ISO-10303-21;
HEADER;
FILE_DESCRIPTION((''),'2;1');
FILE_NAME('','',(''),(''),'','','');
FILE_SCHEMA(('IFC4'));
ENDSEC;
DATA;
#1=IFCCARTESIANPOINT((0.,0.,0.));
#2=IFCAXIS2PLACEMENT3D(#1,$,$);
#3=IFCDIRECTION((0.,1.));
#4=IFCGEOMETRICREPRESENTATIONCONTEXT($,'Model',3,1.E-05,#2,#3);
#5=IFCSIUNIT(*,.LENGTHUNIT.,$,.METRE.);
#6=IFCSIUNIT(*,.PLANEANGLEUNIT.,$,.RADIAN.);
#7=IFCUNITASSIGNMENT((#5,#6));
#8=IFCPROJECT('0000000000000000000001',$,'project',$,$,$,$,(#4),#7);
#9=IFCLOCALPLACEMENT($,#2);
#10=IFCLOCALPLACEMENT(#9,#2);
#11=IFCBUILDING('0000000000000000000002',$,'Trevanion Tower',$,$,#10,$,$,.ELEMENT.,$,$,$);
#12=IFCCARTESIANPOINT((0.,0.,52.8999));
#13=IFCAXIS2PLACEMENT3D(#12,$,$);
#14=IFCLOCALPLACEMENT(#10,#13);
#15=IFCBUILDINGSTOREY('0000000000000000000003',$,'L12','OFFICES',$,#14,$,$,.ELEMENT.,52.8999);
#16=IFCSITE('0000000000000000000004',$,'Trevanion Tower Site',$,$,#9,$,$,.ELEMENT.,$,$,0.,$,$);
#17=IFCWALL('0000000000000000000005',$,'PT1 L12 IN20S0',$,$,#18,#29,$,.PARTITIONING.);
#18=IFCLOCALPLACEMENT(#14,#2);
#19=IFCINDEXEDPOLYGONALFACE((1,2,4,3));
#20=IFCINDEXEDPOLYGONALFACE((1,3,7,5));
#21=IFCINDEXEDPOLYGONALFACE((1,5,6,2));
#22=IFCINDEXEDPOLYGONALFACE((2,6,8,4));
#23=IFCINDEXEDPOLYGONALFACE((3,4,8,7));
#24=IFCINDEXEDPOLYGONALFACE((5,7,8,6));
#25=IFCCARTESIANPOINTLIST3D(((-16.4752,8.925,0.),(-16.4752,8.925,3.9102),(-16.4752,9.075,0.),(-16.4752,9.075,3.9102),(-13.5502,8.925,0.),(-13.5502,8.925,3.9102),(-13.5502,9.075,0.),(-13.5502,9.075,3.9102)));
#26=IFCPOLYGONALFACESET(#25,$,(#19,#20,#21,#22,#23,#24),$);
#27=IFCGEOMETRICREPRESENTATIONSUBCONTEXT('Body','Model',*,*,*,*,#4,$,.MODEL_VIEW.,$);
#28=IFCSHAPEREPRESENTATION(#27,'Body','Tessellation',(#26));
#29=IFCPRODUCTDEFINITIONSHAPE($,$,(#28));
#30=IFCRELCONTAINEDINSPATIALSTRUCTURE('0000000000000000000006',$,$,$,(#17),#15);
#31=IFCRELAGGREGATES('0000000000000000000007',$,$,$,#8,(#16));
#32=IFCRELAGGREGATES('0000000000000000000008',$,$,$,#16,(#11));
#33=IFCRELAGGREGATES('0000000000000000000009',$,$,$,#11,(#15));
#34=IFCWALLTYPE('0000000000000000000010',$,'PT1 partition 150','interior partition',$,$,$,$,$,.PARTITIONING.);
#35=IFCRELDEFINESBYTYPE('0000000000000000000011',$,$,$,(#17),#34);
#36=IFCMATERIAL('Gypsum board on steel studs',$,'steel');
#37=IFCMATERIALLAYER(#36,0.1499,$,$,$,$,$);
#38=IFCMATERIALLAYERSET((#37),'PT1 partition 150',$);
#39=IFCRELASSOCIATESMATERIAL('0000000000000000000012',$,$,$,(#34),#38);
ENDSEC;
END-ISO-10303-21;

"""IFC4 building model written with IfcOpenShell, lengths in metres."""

from ifc_helpers import new_model, si_unit, direction, frame, frame_2d, origin, place, context, subcontext, project, spatial, rectangle, extrude, material, layer, layer_set, type_object, element, save


model = new_model("IFC4")

# Units and contexts
model_context = context("Model", 3, precision=1e-05, world=origin(), true_north=direction((0.0, 1.0)))
body_context = subcontext(model_context, "Body", "Model", "MODEL_VIEW")
ifc_project = project(units=[si_unit("LENGTHUNIT", "METRE"), si_unit("PLANEANGLEUNIT", "RADIAN")], contexts=[model_context])

# Site, building, storey
site_placement = place(None, origin())
site = spatial("IfcSite", under=ifc_project, at=site_placement, Name="Trevanion Tower Site", CompositionType="ELEMENT", RefElevation=0.0)
building_placement = place(site_placement, origin())
building = spatial("IfcBuilding", under=site, at=building_placement, Name="Trevanion Tower", CompositionType="ELEMENT")
storey_placement = place(building_placement, frame((0.0, 0.0, 52.8999)))
storey = spatial("IfcBuildingStorey", under=building, at=storey_placement, Name="L12", Description="OFFICES", CompositionType="ELEMENT", Elevation=52.8999)

# Shared definitions
ifc_material_1 = material(Name="Gypsum board on steel studs", Category="steel")
ifc_layer_1 = layer(ifc_material_1, 0.1499)
ifc_layer_set_1 = layer_set([ifc_layer_1], Name="PT1 partition 150")
wall_type = type_object("IfcWallType", Name="PT1 partition 150", Description="interior partition", PredefinedType="PARTITIONING", material=ifc_layer_set_1)

# Wall
wall_1_placement = place(storey_placement, frame((-16.4751, 9.0, 0.0), z_axis=(0.0, 0.0, 1.0), x_axis=(1.0, 0.0, 0.0)))
element("IfcWall", 1, at=wall_1_placement, inside=storey, type_object=wall_type, Name="PT1 L12 IN20S0", PredefinedType="PARTITIONING", context=body_context, shape_type="SweptSolid", body=[
    extrude(rectangle(XDim=2.925, YDim=0.1499, at=frame_2d((1.4624, 0.0))), origin(), (0.0, 0.0, 1.0), 3.9102),
])

save(model, "model.ifc")
